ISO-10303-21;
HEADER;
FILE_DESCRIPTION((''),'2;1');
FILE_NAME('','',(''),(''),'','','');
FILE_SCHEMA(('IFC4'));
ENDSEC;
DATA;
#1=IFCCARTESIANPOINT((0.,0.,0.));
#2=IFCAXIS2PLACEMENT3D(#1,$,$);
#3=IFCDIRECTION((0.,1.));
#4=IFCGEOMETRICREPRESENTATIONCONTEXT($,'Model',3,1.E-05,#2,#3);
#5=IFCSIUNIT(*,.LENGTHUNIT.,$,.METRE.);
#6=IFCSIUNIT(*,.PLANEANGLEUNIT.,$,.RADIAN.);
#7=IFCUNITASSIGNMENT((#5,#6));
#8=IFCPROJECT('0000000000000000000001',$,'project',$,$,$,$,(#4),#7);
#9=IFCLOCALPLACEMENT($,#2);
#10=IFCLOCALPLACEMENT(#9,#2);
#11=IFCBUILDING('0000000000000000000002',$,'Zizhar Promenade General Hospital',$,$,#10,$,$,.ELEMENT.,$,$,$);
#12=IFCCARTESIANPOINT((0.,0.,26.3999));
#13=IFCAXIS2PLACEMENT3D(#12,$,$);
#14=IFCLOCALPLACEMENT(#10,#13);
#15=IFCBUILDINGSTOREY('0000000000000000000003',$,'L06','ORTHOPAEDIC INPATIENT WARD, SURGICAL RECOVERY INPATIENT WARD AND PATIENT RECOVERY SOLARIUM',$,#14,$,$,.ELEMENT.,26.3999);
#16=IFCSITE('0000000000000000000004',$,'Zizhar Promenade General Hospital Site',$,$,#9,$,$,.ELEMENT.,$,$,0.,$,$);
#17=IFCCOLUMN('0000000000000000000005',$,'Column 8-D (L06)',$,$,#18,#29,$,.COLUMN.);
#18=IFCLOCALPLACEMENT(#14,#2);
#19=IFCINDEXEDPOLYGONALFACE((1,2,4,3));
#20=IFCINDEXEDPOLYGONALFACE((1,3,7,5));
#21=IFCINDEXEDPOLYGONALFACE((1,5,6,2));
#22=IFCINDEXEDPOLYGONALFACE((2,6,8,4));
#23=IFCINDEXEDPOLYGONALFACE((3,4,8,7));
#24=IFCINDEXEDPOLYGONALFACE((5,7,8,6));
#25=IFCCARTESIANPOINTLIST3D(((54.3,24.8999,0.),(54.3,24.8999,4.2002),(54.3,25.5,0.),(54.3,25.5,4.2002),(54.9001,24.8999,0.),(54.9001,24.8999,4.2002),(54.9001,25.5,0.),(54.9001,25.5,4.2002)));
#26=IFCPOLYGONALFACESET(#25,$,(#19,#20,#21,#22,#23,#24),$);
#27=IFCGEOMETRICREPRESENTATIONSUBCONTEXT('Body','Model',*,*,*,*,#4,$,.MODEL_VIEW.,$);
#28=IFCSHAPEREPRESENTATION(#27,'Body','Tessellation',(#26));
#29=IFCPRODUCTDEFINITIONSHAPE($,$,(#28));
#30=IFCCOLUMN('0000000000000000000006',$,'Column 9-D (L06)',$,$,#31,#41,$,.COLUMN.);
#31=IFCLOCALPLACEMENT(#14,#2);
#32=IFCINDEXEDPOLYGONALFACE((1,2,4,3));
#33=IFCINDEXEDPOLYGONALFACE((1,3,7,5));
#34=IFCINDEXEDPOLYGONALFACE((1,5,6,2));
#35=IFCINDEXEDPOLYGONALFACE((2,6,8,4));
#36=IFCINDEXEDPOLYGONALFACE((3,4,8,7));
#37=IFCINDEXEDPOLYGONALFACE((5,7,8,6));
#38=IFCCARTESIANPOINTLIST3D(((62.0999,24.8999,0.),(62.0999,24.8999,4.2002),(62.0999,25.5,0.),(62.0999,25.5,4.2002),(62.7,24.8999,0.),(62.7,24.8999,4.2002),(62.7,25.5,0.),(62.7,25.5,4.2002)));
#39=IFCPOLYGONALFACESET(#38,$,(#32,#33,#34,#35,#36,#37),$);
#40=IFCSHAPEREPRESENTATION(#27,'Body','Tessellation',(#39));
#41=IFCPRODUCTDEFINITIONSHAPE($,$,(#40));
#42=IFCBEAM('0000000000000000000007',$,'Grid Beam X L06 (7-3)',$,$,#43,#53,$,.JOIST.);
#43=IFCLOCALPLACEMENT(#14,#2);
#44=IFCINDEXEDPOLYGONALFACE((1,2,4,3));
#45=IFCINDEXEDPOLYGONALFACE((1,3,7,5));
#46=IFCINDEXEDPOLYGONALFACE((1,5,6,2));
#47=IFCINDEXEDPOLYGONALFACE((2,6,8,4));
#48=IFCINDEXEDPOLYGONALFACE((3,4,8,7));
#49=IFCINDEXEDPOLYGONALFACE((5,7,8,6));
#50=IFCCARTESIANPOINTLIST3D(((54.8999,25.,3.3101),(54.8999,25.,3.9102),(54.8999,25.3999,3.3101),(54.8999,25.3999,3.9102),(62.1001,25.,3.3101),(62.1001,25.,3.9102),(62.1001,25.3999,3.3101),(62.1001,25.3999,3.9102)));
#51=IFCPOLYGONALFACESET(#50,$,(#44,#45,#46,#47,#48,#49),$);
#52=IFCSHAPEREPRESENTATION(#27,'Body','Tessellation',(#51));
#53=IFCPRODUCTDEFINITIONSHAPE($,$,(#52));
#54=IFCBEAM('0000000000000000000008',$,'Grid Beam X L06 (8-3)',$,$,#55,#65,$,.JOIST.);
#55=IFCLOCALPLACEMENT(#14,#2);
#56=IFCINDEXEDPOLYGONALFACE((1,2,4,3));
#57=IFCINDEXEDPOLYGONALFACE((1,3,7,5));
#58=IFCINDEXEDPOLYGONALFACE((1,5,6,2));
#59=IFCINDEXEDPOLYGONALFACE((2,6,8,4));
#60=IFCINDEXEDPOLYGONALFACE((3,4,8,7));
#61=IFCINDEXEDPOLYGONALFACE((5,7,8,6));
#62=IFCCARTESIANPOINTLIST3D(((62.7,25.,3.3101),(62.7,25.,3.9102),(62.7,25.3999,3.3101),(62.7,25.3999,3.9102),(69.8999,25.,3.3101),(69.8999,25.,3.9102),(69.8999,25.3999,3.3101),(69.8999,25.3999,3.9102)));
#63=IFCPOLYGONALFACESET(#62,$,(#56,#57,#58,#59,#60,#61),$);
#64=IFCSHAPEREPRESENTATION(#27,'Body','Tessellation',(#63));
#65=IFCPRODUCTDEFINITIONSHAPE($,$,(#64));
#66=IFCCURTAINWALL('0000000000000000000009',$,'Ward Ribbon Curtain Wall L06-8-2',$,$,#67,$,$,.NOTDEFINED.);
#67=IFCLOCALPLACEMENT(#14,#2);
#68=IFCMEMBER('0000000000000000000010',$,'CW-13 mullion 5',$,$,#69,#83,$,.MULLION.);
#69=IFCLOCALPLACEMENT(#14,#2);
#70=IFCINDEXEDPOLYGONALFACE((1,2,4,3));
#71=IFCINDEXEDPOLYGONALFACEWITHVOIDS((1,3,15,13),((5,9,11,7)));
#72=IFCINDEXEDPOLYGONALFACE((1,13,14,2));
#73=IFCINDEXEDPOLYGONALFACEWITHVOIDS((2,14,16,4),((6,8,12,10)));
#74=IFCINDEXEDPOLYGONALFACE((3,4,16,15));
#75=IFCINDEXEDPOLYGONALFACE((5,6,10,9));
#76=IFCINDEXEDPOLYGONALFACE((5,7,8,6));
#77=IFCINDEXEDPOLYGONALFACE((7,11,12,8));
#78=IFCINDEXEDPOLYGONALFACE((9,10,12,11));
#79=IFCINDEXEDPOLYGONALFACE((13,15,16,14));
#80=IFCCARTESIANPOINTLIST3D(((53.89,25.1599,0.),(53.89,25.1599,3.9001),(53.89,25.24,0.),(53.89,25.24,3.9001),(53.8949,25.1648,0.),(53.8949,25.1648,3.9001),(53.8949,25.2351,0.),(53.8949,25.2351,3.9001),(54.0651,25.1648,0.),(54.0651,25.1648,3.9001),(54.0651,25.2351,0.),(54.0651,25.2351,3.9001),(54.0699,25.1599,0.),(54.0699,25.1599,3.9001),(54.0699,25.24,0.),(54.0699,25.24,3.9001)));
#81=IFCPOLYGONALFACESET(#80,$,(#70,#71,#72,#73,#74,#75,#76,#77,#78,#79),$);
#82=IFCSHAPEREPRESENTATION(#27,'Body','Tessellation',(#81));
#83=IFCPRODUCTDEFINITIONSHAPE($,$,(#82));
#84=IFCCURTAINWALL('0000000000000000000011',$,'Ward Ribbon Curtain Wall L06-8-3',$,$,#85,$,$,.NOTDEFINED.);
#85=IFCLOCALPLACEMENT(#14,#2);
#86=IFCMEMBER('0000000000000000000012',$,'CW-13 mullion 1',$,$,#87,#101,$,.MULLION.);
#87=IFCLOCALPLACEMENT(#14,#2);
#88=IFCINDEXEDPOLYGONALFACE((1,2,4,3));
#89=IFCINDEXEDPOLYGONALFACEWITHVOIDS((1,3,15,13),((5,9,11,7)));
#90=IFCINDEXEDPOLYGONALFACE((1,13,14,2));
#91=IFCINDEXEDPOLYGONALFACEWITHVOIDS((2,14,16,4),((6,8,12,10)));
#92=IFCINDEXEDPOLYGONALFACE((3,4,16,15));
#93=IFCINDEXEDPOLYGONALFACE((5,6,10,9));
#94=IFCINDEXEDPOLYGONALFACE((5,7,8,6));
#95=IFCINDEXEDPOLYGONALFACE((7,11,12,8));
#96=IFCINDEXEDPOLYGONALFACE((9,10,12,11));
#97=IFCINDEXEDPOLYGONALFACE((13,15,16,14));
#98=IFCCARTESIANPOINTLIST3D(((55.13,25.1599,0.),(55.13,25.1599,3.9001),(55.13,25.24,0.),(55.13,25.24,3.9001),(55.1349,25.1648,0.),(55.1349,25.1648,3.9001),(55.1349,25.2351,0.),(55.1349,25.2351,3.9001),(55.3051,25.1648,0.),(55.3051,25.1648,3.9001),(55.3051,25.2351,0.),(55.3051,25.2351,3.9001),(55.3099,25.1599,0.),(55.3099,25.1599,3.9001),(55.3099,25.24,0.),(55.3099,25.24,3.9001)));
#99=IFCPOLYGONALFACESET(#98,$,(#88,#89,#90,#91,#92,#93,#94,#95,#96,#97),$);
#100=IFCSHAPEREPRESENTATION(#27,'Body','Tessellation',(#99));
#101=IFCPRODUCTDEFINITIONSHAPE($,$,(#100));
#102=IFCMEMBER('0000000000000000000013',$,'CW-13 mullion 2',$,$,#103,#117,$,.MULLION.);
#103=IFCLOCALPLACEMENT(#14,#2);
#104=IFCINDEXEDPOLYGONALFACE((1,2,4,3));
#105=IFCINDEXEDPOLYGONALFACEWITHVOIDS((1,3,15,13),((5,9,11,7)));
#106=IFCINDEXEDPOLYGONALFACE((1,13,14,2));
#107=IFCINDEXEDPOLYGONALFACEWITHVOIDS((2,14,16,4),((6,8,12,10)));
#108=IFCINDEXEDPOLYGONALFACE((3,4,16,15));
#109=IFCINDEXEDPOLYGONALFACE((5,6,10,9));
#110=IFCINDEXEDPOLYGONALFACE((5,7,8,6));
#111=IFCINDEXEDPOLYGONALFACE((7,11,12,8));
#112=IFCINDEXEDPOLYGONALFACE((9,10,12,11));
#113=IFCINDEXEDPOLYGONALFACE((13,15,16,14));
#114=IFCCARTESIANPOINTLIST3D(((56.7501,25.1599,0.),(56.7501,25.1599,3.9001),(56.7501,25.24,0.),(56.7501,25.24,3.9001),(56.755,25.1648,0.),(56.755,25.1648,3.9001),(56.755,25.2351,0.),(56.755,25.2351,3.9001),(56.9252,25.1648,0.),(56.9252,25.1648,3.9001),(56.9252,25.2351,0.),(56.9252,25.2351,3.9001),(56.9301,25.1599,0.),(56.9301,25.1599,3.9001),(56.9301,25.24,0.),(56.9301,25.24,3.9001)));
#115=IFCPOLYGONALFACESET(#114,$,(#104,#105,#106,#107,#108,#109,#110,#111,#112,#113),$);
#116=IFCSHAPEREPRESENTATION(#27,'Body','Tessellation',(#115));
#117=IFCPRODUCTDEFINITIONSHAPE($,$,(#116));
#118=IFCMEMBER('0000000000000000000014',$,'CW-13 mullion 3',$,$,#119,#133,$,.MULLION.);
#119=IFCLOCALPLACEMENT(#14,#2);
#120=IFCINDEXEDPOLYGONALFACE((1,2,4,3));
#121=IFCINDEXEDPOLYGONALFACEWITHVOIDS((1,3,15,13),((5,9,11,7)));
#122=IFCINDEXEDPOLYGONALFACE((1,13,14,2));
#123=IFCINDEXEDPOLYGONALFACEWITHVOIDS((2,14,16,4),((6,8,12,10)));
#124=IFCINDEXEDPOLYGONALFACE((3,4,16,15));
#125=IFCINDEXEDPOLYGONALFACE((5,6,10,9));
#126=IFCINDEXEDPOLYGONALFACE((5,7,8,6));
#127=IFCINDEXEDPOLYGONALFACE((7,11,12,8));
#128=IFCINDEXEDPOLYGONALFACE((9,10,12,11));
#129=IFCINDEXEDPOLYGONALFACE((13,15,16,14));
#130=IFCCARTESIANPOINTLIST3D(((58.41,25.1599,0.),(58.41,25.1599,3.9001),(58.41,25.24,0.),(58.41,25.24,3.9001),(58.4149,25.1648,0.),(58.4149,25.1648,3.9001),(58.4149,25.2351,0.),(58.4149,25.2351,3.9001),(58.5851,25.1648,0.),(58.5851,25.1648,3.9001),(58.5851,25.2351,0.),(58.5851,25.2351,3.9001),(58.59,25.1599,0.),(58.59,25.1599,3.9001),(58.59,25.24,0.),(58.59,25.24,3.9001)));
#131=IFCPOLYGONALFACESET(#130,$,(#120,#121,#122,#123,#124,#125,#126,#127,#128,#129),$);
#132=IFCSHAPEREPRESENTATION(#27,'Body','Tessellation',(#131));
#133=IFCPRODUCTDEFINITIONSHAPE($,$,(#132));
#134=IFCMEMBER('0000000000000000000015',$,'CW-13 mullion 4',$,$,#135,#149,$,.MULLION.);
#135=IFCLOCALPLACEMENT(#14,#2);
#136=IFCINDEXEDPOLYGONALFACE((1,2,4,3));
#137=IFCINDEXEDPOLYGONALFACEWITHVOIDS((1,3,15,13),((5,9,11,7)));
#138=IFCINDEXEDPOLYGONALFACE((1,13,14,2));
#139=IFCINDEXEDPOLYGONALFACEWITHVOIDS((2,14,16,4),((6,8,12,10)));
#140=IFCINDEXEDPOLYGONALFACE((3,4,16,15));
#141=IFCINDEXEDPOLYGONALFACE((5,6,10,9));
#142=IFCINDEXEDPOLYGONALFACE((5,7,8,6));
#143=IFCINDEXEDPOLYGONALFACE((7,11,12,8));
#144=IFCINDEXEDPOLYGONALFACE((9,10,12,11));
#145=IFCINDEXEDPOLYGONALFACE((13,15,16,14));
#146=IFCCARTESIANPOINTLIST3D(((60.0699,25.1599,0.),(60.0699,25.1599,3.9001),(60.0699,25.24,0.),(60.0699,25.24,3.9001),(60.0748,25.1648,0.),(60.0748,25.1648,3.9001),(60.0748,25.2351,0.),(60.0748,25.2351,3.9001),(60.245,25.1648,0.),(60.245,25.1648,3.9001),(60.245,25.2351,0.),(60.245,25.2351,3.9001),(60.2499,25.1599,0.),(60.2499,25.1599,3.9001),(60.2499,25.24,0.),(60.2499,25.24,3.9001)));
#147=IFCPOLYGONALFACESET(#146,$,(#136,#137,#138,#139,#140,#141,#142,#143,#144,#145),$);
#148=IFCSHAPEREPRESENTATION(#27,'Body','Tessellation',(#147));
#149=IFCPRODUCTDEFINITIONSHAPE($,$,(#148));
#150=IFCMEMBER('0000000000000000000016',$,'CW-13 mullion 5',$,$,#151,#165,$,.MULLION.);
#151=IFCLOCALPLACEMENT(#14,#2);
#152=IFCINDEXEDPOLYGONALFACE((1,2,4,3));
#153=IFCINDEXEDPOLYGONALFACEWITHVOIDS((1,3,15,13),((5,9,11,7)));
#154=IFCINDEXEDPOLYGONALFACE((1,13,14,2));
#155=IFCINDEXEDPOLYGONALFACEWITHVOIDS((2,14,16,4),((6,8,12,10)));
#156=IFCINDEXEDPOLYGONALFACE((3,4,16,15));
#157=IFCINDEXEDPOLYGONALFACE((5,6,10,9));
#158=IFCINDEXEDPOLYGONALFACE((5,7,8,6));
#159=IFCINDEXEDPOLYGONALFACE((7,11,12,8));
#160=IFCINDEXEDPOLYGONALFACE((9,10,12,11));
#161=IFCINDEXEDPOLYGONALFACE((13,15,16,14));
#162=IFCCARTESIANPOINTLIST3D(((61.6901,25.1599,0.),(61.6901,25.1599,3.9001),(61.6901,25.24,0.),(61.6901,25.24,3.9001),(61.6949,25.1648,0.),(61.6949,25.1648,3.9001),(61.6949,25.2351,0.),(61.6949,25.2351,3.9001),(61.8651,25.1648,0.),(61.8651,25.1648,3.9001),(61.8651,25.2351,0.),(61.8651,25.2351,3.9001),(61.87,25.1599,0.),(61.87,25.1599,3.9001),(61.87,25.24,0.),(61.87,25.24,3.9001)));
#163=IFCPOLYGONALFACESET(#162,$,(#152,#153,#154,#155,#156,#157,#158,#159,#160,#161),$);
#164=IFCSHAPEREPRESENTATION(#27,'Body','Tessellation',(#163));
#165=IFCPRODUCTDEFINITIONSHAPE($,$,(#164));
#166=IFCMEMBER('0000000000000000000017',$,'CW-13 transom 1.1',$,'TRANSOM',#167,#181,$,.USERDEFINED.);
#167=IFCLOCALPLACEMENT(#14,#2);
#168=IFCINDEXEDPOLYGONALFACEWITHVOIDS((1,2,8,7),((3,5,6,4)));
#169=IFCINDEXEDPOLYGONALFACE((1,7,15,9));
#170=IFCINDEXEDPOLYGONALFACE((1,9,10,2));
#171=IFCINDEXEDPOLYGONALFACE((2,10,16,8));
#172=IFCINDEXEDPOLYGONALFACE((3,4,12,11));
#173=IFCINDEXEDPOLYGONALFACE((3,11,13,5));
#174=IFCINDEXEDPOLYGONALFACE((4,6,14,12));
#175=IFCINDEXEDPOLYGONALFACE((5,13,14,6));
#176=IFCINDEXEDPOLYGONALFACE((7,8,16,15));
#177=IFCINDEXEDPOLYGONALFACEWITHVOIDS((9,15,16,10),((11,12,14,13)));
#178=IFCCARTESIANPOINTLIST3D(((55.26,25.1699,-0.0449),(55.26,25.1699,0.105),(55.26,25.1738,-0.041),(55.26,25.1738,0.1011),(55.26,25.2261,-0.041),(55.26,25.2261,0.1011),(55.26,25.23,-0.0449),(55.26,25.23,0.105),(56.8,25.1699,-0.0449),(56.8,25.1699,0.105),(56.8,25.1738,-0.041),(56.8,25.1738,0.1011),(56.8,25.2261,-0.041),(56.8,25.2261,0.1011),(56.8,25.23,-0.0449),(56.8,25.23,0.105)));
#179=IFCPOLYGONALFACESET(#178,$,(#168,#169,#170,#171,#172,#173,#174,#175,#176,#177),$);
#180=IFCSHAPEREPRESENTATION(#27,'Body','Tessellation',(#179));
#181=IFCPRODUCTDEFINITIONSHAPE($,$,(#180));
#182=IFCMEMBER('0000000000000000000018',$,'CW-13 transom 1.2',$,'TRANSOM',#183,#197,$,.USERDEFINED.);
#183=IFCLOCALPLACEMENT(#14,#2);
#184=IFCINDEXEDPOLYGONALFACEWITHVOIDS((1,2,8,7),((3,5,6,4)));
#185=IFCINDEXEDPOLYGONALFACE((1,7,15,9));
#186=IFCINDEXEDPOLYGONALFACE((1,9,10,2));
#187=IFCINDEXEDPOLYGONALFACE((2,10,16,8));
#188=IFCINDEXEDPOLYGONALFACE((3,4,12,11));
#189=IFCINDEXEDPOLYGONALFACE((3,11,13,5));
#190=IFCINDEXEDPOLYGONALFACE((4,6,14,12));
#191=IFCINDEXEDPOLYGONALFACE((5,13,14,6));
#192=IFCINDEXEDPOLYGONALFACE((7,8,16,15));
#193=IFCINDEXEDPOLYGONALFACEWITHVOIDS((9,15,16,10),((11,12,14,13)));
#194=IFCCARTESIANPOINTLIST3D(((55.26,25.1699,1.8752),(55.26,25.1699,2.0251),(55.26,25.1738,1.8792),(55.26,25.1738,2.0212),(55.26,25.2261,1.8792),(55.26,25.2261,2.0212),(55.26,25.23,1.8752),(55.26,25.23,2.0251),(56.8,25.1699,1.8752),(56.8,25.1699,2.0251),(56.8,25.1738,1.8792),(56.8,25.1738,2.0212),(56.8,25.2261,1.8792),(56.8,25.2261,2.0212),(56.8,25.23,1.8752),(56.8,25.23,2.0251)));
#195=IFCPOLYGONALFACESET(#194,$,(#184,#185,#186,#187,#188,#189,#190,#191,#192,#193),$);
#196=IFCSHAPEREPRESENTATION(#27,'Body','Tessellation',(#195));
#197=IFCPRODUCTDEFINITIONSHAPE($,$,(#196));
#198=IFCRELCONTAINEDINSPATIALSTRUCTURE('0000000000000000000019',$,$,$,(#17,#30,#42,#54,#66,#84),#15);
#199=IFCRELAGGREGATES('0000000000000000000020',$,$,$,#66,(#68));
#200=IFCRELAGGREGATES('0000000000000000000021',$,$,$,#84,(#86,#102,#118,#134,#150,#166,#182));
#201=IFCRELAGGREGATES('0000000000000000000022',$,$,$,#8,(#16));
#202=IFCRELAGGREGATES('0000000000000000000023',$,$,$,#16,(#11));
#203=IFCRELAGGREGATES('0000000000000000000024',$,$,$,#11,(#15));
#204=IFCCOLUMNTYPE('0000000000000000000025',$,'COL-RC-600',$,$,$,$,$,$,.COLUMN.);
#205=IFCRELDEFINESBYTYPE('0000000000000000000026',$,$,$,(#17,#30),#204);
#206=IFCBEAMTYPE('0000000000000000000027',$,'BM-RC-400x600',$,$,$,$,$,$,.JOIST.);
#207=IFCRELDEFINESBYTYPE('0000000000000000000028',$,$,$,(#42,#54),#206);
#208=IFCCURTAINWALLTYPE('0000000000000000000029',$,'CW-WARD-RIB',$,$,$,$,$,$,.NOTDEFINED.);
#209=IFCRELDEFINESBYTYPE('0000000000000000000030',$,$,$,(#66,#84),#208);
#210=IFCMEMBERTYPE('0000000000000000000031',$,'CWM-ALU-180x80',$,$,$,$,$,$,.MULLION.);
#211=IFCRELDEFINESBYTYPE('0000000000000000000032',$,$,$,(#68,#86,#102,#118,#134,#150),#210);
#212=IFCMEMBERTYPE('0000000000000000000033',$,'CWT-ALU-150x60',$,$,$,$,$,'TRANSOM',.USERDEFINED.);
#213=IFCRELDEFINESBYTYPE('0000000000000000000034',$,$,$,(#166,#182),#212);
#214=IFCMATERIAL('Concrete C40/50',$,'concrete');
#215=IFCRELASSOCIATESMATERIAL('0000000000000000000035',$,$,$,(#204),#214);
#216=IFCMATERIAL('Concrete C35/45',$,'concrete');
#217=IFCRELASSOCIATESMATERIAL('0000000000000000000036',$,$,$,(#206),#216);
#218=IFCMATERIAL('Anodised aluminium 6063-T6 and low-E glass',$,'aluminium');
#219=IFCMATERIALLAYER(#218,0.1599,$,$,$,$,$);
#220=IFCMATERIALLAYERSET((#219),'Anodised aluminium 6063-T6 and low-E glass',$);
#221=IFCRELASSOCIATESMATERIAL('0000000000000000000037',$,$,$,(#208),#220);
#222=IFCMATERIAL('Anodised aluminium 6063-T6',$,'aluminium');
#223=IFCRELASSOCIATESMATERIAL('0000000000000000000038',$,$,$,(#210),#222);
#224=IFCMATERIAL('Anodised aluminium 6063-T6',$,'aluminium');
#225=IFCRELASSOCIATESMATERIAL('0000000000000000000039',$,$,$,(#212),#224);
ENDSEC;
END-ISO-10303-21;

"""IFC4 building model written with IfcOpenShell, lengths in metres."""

from ifc_helpers import new_model, si_unit, direction, frame, origin, origin_2d, place, context, subcontext, project, spatial, rectangle, hollow_rectangle, extrude, material, layer, layer_set, material_profile, profile_set, type_object, element, aggregate, save


model = new_model("IFC4")

# Units and contexts
model_context = context("Model", 3, precision=1e-05, world=origin(), true_north=direction((0.0, 1.0)))
body_context = subcontext(model_context, "Body", "Model", "MODEL_VIEW")
ifc_project = project(units=[si_unit("LENGTHUNIT", "METRE"), si_unit("PLANEANGLEUNIT", "RADIAN")], contexts=[model_context])

# Site, building, storey
site_placement = place(None, origin())
site = spatial("IfcSite", under=ifc_project, at=site_placement, Name="Zizhar Promenade General Hospital Site", CompositionType="ELEMENT", RefElevation=0.0)
building_placement = place(site_placement, origin())
building = spatial("IfcBuilding", under=site, at=building_placement, Name="Zizhar Promenade General Hospital", CompositionType="ELEMENT")
storey_placement = place(building_placement, frame((0.0, 0.0, 26.3999)))
storey = spatial("IfcBuildingStorey", under=building, at=storey_placement, Name="L06", Description="ORTHOPAEDIC INPATIENT WARD, SURGICAL RECOVERY INPATIENT WARD AND PATIENT RECOVERY SOLARIUM", CompositionType="ELEMENT", Elevation=26.3999)

# Columns
ifc_material_1 = material(Name="Concrete C40/50", Category="concrete")
ifc_material_profile_1 = material_profile(ifc_material_1, rectangle(XDim=0.6001, YDim=0.6001, at=origin_2d()))
ifc_profile_set_1 = profile_set([ifc_material_profile_1], Name="Concrete C40/50")
column_type = type_object("IfcColumnType", Name="COL-RC-600", PredefinedType="COLUMN", material=ifc_profile_set_1)
for number, where, z_axis, x_axis, name in (
    (1, (54.6001, 25.2, 0.0), (0.0, 0.0, 1.0), (1.0, 0.0, 0.0), "Column 8-D (L06)"),
    (2, (62.3999, 25.2, 0.0), (0.0, 0.0, 1.0), (1.0, 0.0, 0.0), "Column 9-D (L06)"),
):
    element("IfcColumn", number, at=place(storey_placement, frame(where, z_axis=z_axis, x_axis=x_axis)), inside=storey, type_object=column_type, Name=name, PredefinedType="COLUMN", context=body_context, shape_type="SweptSolid", body=[
        extrude(rectangle(XDim=0.6001, YDim=0.6001, at=origin_2d()), origin(), (0.0, 0.0, 1.0), 4.2002),
    ])

# Beams
ifc_material_2 = material(Name="Concrete C35/45", Category="concrete")
ifc_material_profile_2 = material_profile(ifc_material_2, rectangle(XDim=0.3999, YDim=0.6001, at=origin_2d()))
ifc_profile_set_2 = profile_set([ifc_material_profile_2], Name="Concrete C35/45")
beam_type = type_object("IfcBeamType", Name="BM-RC-400x600", PredefinedType="JOIST", material=ifc_profile_set_2)
beam_1_placement = place(storey_placement, frame((54.8999, 25.2, 3.6101), z_axis=(1.0, 0.0, 0.0), x_axis=(0.0, 1.0, 0.0)))
element("IfcBeam", 3, at=beam_1_placement, inside=storey, type_object=beam_type, Name="Grid Beam X L06 (7-3)", PredefinedType="JOIST", context=body_context, shape_type="SweptSolid", body=[
    extrude(rectangle(XDim=0.3999, YDim=0.6001, at=origin_2d()), origin(), (0.0, 0.0, 1.0), 7.2002),
])
beam_2_placement = place(storey_placement, frame((62.7, 25.2, 3.6101), z_axis=(1.0, 0.0, 0.0), x_axis=(0.0, 1.0, 0.0)))
element("IfcBeam", 4, at=beam_2_placement, inside=storey, type_object=beam_type, Name="Grid Beam X L06 (8-3)", PredefinedType="JOIST", context=body_context, shape_type="SweptSolid", body=[
    extrude(rectangle(XDim=0.3999, YDim=0.6001, at=origin_2d()), origin(), (0.0, 0.0, 1.0), 7.2),
])

# Curtain wall, member
ifc_material_3 = material(Name="Anodised aluminium 6063-T6 and low-E glass", Category="aluminium")
ifc_layer_1 = layer(ifc_material_3, 0.1599)
ifc_layer_set_1 = layer_set([ifc_layer_1], Name="Anodised aluminium 6063-T6 and low-E glass")
curtain_wall_type = type_object("IfcCurtainWallType", Name="CW-WARD-RIB", PredefinedType="NOTDEFINED", material=ifc_layer_set_1)
curtain_wall_1_placement = place(storey_placement, origin())
curtain_wall_1 = element("IfcCurtainWall", 5, at=curtain_wall_1_placement, inside=storey, type_object=curtain_wall_type, Name="Ward Ribbon Curtain Wall L06-8-2", PredefinedType="NOTDEFINED")
ifc_material_4 = material(Name="Anodised aluminium 6063-T6", Category="aluminium")
ifc_material_profile_3 = material_profile(ifc_material_4, hollow_rectangle(XDim=0.0801, YDim=0.1799, WallThickness=0.0049, at=origin_2d()))
ifc_profile_set_3 = profile_set([ifc_material_profile_3], Name="Anodised aluminium 6063-T6")
member_type_1 = type_object("IfcMemberType", Name="CWM-ALU-180x80", PredefinedType="MULLION", material=ifc_profile_set_3)
member_1_placement = place(storey_placement, frame((53.98, 25.2, 0.0), z_axis=(0.0, 0.0, 1.0), x_axis=(0.0, 1.0, 0.0)))
member_1 = element("IfcMember", 6, at=member_1_placement, type_object=member_type_1, Name="CW-13 mullion 5", PredefinedType="MULLION", context=body_context, shape_type="SweptSolid", body=[
    extrude(hollow_rectangle(XDim=0.0801, YDim=0.1799, WallThickness=0.0049, at=origin_2d()), origin(), (0.0, 0.0, 1.0), 3.9001),
])

# Curtain wall, members
curtain_wall_2_placement = place(storey_placement, origin())
curtain_wall_2 = element("IfcCurtainWall", 7, at=curtain_wall_2_placement, inside=storey, type_object=curtain_wall_type, Name="Ward Ribbon Curtain Wall L06-8-3", PredefinedType="NOTDEFINED")
member_2_placement = place(storey_placement, frame((55.22, 25.2, 0.0), z_axis=(0.0, 0.0, 1.0), x_axis=(0.0, 1.0, 0.0)))
member_2 = element("IfcMember", 8, at=member_2_placement, type_object=member_type_1, Name="CW-13 mullion 1", PredefinedType="MULLION", context=body_context, shape_type="SweptSolid", body=[
    extrude(hollow_rectangle(XDim=0.0801, YDim=0.1799, WallThickness=0.0049, at=origin_2d()), origin(), (0.0, 0.0, 1.0), 3.9001),
])
member_3_placement = place(storey_placement, frame((56.8401, 25.2, 0.0), z_axis=(0.0, 0.0, 1.0), x_axis=(0.0, 1.0, 0.0)))
member_3 = element("IfcMember", 9, at=member_3_placement, type_object=member_type_1, Name="CW-13 mullion 2", PredefinedType="MULLION", context=body_context, shape_type="SweptSolid", body=[
    extrude(hollow_rectangle(XDim=0.0801, YDim=0.1799, WallThickness=0.0049, at=origin_2d()), origin(), (0.0, 0.0, 1.0), 3.9001),
])
member_4_placement = place(storey_placement, frame((58.5, 25.2, 0.0), z_axis=(0.0, 0.0, 1.0), x_axis=(0.0, 1.0, 0.0)))
member_4 = element("IfcMember", 10, at=member_4_placement, type_object=member_type_1, Name="CW-13 mullion 3", PredefinedType="MULLION", context=body_context, shape_type="SweptSolid", body=[
    extrude(hollow_rectangle(XDim=0.0801, YDim=0.1799, WallThickness=0.0049, at=origin_2d()), origin(), (0.0, 0.0, 1.0), 3.9001),
])
member_5_placement = place(storey_placement, frame((60.1599, 25.2, 0.0), z_axis=(0.0, 0.0, 1.0), x_axis=(0.0, 1.0, 0.0)))
member_5 = element("IfcMember", 11, at=member_5_placement, type_object=member_type_1, Name="CW-13 mullion 4", PredefinedType="MULLION", context=body_context, shape_type="SweptSolid", body=[
    extrude(hollow_rectangle(XDim=0.0801, YDim=0.1799, WallThickness=0.0049, at=origin_2d()), origin(), (0.0, 0.0, 1.0), 3.9001),
])
member_6_placement = place(storey_placement, frame((61.78, 25.2, 0.0), z_axis=(0.0, 0.0, 1.0), x_axis=(0.0, 1.0, 0.0)))
member_6 = element("IfcMember", 12, at=member_6_placement, type_object=member_type_1, Name="CW-13 mullion 5", PredefinedType="MULLION", context=body_context, shape_type="SweptSolid", body=[
    extrude(hollow_rectangle(XDim=0.0801, YDim=0.1799, WallThickness=0.0049, at=origin_2d()), origin(), (0.0, 0.0, 1.0), 3.9001),
])
ifc_material_5 = material(Name="Anodised aluminium 6063-T6", Category="aluminium")
ifc_material_profile_4 = material_profile(ifc_material_5, hollow_rectangle(XDim=0.0601, YDim=0.1499, WallThickness=0.0039, at=origin_2d()))
ifc_profile_set_4 = profile_set([ifc_material_profile_4], Name="Anodised aluminium 6063-T6")
member_type_2 = type_object("IfcMemberType", Name="CWT-ALU-150x60", ElementType="TRANSOM", PredefinedType="USERDEFINED", material=ifc_profile_set_4)
member_7_placement = place(storey_placement, frame((55.26, 25.2, 0.03), z_axis=(1.0, 0.0, 0.0), x_axis=(0.0, 1.0, 0.0)))
member_7 = element("IfcMember", 13, at=member_7_placement, type_object=member_type_2, Name="CW-13 transom 1.1", ObjectType="TRANSOM", PredefinedType="USERDEFINED", context=body_context, shape_type="SweptSolid", body=[
    extrude(hollow_rectangle(XDim=0.0601, YDim=0.1499, WallThickness=0.0039, at=origin_2d()), origin(), (0.0, 0.0, 1.0), 1.54),
])
member_8_placement = place(storey_placement, frame((55.26, 25.2, 1.9502), z_axis=(1.0, 0.0, 0.0), x_axis=(0.0, 1.0, 0.0)))
member_8 = element("IfcMember", 14, at=member_8_placement, type_object=member_type_2, Name="CW-13 transom 1.2", ObjectType="TRANSOM", PredefinedType="USERDEFINED", context=body_context, shape_type="SweptSolid", body=[
    extrude(hollow_rectangle(XDim=0.0601, YDim=0.1499, WallThickness=0.0039, at=origin_2d()), origin(), (0.0, 0.0, 1.0), 1.54),
])

aggregate(curtain_wall_1, [member_1])
aggregate(curtain_wall_2, [member_2, member_3, member_4, member_5, member_6, member_7, member_8])

save(model, "model.ifc")
